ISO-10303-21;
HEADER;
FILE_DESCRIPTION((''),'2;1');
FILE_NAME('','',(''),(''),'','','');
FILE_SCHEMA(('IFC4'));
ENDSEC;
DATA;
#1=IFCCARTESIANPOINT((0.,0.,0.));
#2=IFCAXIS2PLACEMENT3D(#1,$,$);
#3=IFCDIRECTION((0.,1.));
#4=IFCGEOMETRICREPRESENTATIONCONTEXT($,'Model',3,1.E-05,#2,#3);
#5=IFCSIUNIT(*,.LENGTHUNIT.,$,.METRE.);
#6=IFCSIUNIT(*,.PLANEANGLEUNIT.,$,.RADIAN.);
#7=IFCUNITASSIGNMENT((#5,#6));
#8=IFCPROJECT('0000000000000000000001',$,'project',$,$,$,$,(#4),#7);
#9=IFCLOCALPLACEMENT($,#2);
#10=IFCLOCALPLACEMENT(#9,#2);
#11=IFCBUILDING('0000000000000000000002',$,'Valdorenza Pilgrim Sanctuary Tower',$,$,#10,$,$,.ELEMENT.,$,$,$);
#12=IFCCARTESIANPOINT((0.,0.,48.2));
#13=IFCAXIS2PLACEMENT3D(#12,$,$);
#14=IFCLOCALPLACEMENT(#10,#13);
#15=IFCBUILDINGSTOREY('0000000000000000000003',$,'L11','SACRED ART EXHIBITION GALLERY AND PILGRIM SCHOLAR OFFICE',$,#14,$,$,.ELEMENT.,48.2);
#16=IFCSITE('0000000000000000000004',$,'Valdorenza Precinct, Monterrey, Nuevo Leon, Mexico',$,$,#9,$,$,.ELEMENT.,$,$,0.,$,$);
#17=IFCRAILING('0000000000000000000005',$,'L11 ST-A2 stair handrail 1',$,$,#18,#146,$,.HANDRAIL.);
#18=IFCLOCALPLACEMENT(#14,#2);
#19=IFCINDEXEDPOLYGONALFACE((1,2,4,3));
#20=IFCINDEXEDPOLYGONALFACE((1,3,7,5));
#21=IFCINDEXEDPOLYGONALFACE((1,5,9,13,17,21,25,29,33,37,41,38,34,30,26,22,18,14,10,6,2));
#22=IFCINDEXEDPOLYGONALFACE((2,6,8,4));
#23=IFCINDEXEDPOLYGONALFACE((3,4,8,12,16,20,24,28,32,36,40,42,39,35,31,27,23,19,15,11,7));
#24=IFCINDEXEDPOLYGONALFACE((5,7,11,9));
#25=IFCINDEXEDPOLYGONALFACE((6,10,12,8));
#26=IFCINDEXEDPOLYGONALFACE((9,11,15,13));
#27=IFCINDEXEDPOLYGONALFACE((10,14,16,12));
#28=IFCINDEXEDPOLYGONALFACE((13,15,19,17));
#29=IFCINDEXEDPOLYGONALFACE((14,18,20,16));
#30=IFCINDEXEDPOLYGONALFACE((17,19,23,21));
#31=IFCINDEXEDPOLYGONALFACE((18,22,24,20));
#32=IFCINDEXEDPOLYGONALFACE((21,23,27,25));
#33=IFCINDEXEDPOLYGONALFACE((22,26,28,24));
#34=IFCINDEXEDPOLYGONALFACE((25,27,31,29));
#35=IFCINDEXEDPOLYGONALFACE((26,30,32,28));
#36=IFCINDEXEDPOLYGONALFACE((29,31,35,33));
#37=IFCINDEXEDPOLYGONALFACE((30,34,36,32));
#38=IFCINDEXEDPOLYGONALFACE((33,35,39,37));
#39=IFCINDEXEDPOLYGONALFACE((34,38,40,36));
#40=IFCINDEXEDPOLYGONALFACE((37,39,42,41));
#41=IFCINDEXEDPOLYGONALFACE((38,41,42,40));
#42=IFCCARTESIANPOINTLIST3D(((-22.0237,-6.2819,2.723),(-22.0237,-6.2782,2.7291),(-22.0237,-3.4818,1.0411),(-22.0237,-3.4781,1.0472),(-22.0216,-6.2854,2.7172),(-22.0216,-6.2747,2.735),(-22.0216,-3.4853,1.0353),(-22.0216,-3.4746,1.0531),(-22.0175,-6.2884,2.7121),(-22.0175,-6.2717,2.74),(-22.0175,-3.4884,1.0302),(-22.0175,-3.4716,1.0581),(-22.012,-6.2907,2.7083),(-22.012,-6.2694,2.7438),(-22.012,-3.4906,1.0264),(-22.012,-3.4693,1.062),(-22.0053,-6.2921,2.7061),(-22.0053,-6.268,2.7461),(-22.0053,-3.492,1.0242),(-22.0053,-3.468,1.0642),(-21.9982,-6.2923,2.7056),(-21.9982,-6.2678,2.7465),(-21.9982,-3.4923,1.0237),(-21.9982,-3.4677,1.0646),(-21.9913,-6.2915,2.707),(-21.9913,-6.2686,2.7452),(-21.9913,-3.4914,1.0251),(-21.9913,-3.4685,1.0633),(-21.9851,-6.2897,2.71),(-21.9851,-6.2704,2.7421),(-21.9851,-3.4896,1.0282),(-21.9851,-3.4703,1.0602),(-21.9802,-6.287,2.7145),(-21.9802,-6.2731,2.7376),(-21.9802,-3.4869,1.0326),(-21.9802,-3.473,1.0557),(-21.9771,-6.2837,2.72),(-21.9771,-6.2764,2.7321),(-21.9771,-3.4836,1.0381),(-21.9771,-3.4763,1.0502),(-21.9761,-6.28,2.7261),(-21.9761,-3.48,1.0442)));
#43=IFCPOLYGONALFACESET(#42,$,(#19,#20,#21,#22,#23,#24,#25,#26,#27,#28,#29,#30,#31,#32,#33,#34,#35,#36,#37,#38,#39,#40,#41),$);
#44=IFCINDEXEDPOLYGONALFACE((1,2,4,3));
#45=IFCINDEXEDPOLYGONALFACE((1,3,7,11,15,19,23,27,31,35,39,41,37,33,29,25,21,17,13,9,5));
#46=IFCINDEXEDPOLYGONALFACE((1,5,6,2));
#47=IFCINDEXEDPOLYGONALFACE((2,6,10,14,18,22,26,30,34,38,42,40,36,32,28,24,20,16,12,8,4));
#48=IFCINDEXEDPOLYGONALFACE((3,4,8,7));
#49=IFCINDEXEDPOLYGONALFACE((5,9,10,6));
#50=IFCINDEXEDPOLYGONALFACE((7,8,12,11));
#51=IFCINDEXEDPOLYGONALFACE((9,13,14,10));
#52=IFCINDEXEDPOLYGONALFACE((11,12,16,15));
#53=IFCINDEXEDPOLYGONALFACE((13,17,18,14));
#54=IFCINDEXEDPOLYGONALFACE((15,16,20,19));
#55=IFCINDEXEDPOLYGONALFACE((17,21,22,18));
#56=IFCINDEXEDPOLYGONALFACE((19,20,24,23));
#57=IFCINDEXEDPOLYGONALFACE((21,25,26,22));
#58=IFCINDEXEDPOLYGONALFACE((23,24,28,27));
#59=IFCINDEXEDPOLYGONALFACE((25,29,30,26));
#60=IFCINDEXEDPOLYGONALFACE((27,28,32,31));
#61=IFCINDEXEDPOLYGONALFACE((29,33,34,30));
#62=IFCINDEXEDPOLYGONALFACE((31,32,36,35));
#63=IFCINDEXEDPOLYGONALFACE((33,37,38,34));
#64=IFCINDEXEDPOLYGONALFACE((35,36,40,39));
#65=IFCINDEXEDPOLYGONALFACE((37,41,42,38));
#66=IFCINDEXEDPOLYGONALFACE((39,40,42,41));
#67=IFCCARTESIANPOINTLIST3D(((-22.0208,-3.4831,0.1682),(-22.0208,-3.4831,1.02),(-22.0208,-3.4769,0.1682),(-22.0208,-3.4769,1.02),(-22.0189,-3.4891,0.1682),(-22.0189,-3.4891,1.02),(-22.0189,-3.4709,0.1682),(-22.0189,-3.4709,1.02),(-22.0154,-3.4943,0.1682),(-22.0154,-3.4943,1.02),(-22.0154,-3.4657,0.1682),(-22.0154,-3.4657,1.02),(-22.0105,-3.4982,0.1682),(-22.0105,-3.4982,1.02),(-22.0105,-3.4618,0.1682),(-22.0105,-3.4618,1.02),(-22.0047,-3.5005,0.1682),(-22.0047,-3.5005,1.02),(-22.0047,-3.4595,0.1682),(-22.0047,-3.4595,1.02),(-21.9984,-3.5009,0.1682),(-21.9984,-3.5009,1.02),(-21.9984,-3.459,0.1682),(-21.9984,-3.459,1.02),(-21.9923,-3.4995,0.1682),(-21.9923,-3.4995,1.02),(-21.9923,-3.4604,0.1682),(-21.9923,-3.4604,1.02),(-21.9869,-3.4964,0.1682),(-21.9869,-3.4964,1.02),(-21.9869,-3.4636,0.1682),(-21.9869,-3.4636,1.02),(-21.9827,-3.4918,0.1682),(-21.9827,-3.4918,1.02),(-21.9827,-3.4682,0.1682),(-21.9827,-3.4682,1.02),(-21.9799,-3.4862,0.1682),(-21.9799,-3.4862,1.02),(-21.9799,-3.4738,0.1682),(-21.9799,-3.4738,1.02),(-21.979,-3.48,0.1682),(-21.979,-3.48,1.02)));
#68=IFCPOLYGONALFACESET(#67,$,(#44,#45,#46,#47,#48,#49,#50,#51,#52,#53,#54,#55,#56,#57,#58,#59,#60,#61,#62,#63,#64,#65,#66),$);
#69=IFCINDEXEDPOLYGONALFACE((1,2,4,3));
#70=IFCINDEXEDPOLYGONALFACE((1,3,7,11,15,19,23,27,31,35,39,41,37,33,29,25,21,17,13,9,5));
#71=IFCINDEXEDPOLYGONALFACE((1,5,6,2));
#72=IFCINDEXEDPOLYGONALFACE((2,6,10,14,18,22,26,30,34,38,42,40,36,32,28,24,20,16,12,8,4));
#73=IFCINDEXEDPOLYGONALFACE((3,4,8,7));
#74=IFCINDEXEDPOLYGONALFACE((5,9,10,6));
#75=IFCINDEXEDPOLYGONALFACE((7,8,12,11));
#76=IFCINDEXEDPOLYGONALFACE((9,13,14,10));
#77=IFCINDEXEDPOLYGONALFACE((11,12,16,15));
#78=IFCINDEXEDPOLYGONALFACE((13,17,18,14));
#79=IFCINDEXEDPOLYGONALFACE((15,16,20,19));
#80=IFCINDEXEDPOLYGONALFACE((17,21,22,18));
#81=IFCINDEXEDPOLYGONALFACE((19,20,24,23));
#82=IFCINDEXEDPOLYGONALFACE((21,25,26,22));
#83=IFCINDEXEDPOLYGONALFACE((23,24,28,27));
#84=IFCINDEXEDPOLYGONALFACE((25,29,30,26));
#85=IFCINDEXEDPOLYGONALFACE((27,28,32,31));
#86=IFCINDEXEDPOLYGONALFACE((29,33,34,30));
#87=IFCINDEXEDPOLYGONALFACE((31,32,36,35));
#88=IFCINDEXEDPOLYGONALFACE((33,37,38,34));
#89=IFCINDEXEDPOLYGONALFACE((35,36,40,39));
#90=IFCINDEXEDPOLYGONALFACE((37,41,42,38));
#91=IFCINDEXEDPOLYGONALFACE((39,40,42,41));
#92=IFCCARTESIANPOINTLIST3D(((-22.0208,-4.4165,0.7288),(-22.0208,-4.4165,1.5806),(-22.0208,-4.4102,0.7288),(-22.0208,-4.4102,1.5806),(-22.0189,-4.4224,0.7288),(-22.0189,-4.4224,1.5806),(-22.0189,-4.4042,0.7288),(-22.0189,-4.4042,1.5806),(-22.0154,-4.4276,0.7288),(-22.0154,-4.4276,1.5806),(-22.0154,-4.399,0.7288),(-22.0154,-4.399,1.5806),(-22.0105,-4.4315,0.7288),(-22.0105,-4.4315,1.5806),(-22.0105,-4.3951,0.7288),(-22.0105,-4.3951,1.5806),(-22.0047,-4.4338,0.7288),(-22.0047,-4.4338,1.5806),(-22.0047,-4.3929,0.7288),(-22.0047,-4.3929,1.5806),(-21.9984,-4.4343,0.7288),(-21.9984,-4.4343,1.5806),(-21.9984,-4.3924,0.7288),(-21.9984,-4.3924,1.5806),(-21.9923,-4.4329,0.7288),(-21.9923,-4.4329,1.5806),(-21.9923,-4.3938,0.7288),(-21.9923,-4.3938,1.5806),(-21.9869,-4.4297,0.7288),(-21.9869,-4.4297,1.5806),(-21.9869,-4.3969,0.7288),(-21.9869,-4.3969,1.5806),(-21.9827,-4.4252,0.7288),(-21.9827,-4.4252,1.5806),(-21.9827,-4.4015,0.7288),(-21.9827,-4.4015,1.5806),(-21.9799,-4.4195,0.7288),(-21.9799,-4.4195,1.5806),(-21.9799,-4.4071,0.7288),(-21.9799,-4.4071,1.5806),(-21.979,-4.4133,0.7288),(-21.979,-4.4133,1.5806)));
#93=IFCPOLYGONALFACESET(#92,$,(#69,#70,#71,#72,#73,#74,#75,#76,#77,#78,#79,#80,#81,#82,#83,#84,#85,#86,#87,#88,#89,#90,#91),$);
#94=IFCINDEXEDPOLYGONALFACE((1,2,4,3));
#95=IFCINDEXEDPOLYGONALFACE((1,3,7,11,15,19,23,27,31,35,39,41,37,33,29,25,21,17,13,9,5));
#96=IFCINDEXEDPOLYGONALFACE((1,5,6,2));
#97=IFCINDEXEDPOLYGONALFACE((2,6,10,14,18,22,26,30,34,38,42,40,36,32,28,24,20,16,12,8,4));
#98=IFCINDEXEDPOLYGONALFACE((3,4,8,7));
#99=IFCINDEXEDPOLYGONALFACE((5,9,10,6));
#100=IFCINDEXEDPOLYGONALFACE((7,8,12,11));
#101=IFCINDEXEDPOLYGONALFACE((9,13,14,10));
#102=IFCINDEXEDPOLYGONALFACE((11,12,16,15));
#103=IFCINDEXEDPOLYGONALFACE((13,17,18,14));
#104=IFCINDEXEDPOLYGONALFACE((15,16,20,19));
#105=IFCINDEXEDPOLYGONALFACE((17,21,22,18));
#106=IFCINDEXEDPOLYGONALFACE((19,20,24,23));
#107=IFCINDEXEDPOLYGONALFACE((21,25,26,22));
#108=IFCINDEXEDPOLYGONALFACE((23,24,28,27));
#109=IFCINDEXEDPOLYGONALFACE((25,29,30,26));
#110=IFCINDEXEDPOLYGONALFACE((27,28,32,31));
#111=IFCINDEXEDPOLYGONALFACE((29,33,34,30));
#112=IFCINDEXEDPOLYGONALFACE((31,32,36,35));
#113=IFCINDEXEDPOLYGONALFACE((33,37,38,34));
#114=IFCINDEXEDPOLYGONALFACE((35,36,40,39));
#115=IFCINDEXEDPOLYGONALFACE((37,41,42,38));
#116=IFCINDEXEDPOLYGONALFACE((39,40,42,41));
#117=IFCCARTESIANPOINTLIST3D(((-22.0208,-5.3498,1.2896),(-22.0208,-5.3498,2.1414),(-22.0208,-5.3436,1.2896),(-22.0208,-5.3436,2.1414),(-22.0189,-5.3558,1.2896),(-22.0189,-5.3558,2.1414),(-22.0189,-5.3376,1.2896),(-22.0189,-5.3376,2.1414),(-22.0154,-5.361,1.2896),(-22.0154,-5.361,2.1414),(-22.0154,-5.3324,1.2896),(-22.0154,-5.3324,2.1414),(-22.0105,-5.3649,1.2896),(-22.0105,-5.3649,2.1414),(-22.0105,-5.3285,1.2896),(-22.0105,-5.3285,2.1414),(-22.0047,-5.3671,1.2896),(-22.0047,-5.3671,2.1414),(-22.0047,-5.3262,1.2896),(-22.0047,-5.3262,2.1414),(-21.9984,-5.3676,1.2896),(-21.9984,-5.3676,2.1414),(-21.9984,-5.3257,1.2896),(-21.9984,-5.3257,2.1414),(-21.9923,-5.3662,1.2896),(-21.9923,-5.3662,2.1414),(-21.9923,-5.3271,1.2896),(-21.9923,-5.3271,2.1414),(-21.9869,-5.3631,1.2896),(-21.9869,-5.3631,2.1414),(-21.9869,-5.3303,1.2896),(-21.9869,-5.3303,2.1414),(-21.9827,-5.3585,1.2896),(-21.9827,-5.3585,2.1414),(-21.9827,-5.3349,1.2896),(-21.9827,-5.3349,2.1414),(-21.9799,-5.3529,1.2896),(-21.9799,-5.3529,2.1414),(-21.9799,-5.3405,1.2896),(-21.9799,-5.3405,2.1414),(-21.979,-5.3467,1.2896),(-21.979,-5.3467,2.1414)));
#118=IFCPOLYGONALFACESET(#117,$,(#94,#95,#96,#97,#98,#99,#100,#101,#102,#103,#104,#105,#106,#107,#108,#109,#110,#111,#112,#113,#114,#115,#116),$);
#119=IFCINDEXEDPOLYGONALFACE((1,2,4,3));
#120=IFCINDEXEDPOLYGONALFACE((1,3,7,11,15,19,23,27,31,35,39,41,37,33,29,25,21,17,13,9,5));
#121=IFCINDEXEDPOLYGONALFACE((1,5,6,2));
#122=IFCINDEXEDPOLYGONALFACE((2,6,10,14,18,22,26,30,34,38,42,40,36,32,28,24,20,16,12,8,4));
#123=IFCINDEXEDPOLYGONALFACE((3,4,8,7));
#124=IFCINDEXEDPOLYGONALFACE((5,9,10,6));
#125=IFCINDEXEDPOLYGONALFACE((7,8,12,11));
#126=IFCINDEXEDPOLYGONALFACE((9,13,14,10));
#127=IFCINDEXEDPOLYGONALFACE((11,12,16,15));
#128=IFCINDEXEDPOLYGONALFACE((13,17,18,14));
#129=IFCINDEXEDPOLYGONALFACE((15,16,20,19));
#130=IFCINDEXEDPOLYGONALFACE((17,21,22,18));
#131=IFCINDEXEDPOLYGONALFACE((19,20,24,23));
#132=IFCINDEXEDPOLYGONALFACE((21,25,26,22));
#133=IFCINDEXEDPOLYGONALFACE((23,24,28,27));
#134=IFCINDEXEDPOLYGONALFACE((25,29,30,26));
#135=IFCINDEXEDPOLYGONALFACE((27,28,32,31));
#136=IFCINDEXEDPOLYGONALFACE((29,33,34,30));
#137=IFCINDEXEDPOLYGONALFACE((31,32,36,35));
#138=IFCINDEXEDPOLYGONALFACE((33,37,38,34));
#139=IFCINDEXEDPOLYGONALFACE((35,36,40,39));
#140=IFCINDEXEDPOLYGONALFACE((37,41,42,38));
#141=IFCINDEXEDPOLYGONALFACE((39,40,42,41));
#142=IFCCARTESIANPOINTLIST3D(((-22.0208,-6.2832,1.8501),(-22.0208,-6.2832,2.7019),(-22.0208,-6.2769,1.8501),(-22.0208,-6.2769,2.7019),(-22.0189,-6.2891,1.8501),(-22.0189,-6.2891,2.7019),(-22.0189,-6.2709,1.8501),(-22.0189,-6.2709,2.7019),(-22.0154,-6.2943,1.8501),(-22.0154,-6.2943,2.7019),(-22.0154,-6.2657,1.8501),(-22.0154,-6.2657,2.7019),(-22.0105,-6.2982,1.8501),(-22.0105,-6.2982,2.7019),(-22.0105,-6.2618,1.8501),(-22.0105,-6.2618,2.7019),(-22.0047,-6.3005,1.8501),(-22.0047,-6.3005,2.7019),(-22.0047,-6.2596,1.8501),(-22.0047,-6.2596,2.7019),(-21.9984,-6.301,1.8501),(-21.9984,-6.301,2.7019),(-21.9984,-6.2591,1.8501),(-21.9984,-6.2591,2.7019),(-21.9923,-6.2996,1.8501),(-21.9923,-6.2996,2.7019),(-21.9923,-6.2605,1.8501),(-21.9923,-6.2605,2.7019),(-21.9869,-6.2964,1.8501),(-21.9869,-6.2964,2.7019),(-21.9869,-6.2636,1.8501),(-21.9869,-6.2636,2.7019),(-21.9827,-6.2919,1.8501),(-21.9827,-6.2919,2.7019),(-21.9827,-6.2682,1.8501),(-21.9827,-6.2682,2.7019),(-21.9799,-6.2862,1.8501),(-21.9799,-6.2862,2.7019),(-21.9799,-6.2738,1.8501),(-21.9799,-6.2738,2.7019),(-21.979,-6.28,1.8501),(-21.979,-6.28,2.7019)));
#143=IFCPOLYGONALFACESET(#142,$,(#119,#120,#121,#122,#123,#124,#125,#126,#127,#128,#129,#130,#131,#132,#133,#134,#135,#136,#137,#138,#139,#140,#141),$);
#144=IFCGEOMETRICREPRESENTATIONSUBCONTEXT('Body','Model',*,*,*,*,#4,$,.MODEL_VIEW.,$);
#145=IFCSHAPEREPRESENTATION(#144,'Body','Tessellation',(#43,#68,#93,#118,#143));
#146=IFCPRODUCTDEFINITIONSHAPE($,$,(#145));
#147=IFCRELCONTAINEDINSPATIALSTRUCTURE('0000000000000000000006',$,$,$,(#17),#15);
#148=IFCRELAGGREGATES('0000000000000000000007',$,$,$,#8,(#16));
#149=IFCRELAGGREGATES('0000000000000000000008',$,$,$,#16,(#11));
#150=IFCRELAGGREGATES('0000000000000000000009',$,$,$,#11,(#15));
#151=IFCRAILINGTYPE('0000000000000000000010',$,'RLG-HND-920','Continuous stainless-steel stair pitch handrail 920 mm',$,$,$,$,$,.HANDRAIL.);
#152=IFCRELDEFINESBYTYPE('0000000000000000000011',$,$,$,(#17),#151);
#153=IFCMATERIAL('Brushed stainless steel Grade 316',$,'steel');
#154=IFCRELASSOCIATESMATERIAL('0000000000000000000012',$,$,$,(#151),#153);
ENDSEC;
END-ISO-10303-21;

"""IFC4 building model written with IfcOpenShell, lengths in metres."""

from ifc_helpers import new_model, si_unit, direction, frame, origin, origin_2d, place, context, subcontext, project, spatial, circle, extrude, material, type_object, element, save


model = new_model("IFC4")

# Units and contexts
model_context = context("Model", 3, precision=1e-05, world=origin(), true_north=direction((0.0, 1.0)))
body_context = subcontext(model_context, "Body", "Model", "MODEL_VIEW")
ifc_project = project(units=[si_unit("LENGTHUNIT", "METRE"), si_unit("PLANEANGLEUNIT", "RADIAN")], contexts=[model_context])

# Site, building, storey
site_placement = place(None, origin())
site = spatial("IfcSite", under=ifc_project, at=site_placement, Name="Valdorenza Precinct, Monterrey, Nuevo Leon, Mexico", CompositionType="ELEMENT", RefElevation=0.0)
building_placement = place(site_placement, origin())
building = spatial("IfcBuilding", under=site, at=building_placement, Name="Valdorenza Pilgrim Sanctuary Tower", CompositionType="ELEMENT")
storey_placement = place(building_placement, frame((0.0, 0.0, 48.2)))
storey = spatial("IfcBuildingStorey", under=building, at=storey_placement, Name="L11", Description="SACRED ART EXHIBITION GALLERY AND PILGRIM SCHOLAR OFFICE", CompositionType="ELEMENT", Elevation=48.2)

# Railing
ifc_material_1 = material(Name="Brushed stainless steel Grade 316", Category="steel")
railing_type_1 = type_object("IfcRailingType", Name="RLG-HND-920", Description="Continuous stainless-steel stair pitch handrail 920 mm", PredefinedType="HANDRAIL", material=ifc_material_1)
railing_1_placement = place(storey_placement, frame((-22.0, -3.48, 0.1682)))
element("IfcRailing", 1, at=railing_1_placement, inside=storey, type_object=railing_type_1, Name="L11 ST-A2 stair handrail 1", PredefinedType="HANDRAIL", context=body_context, shape_type="SweptSolid", body=[
    extrude(circle(Radius=0.0239, at=origin_2d()), frame((0.0, 0.0, 0.876), z_axis=(0.0, -0.857242, 0.514913), x_axis=(1.0, 0.0, 0.0)), (0.0, 0.0, 1.0), 3.2664),
    extrude(circle(Radius=0.021, at=origin_2d()), origin(), (0.0, 0.0, 1.0), 0.8518),
    extrude(circle(Radius=0.021, at=origin_2d()), frame((0.0, -0.9333, 0.5605)), (0.0, 0.0, 1.0), 0.8518),
    extrude(circle(Radius=0.021, at=origin_2d()), frame((0.0, -1.8667, 1.1213)), (0.0, 0.0, 1.0), 0.8518),
    extrude(circle(Radius=0.021, at=origin_2d()), frame((0.0, -2.8, 1.6819)), (0.0, 0.0, 1.0), 0.8518),
])

save(model, "model.ifc")
